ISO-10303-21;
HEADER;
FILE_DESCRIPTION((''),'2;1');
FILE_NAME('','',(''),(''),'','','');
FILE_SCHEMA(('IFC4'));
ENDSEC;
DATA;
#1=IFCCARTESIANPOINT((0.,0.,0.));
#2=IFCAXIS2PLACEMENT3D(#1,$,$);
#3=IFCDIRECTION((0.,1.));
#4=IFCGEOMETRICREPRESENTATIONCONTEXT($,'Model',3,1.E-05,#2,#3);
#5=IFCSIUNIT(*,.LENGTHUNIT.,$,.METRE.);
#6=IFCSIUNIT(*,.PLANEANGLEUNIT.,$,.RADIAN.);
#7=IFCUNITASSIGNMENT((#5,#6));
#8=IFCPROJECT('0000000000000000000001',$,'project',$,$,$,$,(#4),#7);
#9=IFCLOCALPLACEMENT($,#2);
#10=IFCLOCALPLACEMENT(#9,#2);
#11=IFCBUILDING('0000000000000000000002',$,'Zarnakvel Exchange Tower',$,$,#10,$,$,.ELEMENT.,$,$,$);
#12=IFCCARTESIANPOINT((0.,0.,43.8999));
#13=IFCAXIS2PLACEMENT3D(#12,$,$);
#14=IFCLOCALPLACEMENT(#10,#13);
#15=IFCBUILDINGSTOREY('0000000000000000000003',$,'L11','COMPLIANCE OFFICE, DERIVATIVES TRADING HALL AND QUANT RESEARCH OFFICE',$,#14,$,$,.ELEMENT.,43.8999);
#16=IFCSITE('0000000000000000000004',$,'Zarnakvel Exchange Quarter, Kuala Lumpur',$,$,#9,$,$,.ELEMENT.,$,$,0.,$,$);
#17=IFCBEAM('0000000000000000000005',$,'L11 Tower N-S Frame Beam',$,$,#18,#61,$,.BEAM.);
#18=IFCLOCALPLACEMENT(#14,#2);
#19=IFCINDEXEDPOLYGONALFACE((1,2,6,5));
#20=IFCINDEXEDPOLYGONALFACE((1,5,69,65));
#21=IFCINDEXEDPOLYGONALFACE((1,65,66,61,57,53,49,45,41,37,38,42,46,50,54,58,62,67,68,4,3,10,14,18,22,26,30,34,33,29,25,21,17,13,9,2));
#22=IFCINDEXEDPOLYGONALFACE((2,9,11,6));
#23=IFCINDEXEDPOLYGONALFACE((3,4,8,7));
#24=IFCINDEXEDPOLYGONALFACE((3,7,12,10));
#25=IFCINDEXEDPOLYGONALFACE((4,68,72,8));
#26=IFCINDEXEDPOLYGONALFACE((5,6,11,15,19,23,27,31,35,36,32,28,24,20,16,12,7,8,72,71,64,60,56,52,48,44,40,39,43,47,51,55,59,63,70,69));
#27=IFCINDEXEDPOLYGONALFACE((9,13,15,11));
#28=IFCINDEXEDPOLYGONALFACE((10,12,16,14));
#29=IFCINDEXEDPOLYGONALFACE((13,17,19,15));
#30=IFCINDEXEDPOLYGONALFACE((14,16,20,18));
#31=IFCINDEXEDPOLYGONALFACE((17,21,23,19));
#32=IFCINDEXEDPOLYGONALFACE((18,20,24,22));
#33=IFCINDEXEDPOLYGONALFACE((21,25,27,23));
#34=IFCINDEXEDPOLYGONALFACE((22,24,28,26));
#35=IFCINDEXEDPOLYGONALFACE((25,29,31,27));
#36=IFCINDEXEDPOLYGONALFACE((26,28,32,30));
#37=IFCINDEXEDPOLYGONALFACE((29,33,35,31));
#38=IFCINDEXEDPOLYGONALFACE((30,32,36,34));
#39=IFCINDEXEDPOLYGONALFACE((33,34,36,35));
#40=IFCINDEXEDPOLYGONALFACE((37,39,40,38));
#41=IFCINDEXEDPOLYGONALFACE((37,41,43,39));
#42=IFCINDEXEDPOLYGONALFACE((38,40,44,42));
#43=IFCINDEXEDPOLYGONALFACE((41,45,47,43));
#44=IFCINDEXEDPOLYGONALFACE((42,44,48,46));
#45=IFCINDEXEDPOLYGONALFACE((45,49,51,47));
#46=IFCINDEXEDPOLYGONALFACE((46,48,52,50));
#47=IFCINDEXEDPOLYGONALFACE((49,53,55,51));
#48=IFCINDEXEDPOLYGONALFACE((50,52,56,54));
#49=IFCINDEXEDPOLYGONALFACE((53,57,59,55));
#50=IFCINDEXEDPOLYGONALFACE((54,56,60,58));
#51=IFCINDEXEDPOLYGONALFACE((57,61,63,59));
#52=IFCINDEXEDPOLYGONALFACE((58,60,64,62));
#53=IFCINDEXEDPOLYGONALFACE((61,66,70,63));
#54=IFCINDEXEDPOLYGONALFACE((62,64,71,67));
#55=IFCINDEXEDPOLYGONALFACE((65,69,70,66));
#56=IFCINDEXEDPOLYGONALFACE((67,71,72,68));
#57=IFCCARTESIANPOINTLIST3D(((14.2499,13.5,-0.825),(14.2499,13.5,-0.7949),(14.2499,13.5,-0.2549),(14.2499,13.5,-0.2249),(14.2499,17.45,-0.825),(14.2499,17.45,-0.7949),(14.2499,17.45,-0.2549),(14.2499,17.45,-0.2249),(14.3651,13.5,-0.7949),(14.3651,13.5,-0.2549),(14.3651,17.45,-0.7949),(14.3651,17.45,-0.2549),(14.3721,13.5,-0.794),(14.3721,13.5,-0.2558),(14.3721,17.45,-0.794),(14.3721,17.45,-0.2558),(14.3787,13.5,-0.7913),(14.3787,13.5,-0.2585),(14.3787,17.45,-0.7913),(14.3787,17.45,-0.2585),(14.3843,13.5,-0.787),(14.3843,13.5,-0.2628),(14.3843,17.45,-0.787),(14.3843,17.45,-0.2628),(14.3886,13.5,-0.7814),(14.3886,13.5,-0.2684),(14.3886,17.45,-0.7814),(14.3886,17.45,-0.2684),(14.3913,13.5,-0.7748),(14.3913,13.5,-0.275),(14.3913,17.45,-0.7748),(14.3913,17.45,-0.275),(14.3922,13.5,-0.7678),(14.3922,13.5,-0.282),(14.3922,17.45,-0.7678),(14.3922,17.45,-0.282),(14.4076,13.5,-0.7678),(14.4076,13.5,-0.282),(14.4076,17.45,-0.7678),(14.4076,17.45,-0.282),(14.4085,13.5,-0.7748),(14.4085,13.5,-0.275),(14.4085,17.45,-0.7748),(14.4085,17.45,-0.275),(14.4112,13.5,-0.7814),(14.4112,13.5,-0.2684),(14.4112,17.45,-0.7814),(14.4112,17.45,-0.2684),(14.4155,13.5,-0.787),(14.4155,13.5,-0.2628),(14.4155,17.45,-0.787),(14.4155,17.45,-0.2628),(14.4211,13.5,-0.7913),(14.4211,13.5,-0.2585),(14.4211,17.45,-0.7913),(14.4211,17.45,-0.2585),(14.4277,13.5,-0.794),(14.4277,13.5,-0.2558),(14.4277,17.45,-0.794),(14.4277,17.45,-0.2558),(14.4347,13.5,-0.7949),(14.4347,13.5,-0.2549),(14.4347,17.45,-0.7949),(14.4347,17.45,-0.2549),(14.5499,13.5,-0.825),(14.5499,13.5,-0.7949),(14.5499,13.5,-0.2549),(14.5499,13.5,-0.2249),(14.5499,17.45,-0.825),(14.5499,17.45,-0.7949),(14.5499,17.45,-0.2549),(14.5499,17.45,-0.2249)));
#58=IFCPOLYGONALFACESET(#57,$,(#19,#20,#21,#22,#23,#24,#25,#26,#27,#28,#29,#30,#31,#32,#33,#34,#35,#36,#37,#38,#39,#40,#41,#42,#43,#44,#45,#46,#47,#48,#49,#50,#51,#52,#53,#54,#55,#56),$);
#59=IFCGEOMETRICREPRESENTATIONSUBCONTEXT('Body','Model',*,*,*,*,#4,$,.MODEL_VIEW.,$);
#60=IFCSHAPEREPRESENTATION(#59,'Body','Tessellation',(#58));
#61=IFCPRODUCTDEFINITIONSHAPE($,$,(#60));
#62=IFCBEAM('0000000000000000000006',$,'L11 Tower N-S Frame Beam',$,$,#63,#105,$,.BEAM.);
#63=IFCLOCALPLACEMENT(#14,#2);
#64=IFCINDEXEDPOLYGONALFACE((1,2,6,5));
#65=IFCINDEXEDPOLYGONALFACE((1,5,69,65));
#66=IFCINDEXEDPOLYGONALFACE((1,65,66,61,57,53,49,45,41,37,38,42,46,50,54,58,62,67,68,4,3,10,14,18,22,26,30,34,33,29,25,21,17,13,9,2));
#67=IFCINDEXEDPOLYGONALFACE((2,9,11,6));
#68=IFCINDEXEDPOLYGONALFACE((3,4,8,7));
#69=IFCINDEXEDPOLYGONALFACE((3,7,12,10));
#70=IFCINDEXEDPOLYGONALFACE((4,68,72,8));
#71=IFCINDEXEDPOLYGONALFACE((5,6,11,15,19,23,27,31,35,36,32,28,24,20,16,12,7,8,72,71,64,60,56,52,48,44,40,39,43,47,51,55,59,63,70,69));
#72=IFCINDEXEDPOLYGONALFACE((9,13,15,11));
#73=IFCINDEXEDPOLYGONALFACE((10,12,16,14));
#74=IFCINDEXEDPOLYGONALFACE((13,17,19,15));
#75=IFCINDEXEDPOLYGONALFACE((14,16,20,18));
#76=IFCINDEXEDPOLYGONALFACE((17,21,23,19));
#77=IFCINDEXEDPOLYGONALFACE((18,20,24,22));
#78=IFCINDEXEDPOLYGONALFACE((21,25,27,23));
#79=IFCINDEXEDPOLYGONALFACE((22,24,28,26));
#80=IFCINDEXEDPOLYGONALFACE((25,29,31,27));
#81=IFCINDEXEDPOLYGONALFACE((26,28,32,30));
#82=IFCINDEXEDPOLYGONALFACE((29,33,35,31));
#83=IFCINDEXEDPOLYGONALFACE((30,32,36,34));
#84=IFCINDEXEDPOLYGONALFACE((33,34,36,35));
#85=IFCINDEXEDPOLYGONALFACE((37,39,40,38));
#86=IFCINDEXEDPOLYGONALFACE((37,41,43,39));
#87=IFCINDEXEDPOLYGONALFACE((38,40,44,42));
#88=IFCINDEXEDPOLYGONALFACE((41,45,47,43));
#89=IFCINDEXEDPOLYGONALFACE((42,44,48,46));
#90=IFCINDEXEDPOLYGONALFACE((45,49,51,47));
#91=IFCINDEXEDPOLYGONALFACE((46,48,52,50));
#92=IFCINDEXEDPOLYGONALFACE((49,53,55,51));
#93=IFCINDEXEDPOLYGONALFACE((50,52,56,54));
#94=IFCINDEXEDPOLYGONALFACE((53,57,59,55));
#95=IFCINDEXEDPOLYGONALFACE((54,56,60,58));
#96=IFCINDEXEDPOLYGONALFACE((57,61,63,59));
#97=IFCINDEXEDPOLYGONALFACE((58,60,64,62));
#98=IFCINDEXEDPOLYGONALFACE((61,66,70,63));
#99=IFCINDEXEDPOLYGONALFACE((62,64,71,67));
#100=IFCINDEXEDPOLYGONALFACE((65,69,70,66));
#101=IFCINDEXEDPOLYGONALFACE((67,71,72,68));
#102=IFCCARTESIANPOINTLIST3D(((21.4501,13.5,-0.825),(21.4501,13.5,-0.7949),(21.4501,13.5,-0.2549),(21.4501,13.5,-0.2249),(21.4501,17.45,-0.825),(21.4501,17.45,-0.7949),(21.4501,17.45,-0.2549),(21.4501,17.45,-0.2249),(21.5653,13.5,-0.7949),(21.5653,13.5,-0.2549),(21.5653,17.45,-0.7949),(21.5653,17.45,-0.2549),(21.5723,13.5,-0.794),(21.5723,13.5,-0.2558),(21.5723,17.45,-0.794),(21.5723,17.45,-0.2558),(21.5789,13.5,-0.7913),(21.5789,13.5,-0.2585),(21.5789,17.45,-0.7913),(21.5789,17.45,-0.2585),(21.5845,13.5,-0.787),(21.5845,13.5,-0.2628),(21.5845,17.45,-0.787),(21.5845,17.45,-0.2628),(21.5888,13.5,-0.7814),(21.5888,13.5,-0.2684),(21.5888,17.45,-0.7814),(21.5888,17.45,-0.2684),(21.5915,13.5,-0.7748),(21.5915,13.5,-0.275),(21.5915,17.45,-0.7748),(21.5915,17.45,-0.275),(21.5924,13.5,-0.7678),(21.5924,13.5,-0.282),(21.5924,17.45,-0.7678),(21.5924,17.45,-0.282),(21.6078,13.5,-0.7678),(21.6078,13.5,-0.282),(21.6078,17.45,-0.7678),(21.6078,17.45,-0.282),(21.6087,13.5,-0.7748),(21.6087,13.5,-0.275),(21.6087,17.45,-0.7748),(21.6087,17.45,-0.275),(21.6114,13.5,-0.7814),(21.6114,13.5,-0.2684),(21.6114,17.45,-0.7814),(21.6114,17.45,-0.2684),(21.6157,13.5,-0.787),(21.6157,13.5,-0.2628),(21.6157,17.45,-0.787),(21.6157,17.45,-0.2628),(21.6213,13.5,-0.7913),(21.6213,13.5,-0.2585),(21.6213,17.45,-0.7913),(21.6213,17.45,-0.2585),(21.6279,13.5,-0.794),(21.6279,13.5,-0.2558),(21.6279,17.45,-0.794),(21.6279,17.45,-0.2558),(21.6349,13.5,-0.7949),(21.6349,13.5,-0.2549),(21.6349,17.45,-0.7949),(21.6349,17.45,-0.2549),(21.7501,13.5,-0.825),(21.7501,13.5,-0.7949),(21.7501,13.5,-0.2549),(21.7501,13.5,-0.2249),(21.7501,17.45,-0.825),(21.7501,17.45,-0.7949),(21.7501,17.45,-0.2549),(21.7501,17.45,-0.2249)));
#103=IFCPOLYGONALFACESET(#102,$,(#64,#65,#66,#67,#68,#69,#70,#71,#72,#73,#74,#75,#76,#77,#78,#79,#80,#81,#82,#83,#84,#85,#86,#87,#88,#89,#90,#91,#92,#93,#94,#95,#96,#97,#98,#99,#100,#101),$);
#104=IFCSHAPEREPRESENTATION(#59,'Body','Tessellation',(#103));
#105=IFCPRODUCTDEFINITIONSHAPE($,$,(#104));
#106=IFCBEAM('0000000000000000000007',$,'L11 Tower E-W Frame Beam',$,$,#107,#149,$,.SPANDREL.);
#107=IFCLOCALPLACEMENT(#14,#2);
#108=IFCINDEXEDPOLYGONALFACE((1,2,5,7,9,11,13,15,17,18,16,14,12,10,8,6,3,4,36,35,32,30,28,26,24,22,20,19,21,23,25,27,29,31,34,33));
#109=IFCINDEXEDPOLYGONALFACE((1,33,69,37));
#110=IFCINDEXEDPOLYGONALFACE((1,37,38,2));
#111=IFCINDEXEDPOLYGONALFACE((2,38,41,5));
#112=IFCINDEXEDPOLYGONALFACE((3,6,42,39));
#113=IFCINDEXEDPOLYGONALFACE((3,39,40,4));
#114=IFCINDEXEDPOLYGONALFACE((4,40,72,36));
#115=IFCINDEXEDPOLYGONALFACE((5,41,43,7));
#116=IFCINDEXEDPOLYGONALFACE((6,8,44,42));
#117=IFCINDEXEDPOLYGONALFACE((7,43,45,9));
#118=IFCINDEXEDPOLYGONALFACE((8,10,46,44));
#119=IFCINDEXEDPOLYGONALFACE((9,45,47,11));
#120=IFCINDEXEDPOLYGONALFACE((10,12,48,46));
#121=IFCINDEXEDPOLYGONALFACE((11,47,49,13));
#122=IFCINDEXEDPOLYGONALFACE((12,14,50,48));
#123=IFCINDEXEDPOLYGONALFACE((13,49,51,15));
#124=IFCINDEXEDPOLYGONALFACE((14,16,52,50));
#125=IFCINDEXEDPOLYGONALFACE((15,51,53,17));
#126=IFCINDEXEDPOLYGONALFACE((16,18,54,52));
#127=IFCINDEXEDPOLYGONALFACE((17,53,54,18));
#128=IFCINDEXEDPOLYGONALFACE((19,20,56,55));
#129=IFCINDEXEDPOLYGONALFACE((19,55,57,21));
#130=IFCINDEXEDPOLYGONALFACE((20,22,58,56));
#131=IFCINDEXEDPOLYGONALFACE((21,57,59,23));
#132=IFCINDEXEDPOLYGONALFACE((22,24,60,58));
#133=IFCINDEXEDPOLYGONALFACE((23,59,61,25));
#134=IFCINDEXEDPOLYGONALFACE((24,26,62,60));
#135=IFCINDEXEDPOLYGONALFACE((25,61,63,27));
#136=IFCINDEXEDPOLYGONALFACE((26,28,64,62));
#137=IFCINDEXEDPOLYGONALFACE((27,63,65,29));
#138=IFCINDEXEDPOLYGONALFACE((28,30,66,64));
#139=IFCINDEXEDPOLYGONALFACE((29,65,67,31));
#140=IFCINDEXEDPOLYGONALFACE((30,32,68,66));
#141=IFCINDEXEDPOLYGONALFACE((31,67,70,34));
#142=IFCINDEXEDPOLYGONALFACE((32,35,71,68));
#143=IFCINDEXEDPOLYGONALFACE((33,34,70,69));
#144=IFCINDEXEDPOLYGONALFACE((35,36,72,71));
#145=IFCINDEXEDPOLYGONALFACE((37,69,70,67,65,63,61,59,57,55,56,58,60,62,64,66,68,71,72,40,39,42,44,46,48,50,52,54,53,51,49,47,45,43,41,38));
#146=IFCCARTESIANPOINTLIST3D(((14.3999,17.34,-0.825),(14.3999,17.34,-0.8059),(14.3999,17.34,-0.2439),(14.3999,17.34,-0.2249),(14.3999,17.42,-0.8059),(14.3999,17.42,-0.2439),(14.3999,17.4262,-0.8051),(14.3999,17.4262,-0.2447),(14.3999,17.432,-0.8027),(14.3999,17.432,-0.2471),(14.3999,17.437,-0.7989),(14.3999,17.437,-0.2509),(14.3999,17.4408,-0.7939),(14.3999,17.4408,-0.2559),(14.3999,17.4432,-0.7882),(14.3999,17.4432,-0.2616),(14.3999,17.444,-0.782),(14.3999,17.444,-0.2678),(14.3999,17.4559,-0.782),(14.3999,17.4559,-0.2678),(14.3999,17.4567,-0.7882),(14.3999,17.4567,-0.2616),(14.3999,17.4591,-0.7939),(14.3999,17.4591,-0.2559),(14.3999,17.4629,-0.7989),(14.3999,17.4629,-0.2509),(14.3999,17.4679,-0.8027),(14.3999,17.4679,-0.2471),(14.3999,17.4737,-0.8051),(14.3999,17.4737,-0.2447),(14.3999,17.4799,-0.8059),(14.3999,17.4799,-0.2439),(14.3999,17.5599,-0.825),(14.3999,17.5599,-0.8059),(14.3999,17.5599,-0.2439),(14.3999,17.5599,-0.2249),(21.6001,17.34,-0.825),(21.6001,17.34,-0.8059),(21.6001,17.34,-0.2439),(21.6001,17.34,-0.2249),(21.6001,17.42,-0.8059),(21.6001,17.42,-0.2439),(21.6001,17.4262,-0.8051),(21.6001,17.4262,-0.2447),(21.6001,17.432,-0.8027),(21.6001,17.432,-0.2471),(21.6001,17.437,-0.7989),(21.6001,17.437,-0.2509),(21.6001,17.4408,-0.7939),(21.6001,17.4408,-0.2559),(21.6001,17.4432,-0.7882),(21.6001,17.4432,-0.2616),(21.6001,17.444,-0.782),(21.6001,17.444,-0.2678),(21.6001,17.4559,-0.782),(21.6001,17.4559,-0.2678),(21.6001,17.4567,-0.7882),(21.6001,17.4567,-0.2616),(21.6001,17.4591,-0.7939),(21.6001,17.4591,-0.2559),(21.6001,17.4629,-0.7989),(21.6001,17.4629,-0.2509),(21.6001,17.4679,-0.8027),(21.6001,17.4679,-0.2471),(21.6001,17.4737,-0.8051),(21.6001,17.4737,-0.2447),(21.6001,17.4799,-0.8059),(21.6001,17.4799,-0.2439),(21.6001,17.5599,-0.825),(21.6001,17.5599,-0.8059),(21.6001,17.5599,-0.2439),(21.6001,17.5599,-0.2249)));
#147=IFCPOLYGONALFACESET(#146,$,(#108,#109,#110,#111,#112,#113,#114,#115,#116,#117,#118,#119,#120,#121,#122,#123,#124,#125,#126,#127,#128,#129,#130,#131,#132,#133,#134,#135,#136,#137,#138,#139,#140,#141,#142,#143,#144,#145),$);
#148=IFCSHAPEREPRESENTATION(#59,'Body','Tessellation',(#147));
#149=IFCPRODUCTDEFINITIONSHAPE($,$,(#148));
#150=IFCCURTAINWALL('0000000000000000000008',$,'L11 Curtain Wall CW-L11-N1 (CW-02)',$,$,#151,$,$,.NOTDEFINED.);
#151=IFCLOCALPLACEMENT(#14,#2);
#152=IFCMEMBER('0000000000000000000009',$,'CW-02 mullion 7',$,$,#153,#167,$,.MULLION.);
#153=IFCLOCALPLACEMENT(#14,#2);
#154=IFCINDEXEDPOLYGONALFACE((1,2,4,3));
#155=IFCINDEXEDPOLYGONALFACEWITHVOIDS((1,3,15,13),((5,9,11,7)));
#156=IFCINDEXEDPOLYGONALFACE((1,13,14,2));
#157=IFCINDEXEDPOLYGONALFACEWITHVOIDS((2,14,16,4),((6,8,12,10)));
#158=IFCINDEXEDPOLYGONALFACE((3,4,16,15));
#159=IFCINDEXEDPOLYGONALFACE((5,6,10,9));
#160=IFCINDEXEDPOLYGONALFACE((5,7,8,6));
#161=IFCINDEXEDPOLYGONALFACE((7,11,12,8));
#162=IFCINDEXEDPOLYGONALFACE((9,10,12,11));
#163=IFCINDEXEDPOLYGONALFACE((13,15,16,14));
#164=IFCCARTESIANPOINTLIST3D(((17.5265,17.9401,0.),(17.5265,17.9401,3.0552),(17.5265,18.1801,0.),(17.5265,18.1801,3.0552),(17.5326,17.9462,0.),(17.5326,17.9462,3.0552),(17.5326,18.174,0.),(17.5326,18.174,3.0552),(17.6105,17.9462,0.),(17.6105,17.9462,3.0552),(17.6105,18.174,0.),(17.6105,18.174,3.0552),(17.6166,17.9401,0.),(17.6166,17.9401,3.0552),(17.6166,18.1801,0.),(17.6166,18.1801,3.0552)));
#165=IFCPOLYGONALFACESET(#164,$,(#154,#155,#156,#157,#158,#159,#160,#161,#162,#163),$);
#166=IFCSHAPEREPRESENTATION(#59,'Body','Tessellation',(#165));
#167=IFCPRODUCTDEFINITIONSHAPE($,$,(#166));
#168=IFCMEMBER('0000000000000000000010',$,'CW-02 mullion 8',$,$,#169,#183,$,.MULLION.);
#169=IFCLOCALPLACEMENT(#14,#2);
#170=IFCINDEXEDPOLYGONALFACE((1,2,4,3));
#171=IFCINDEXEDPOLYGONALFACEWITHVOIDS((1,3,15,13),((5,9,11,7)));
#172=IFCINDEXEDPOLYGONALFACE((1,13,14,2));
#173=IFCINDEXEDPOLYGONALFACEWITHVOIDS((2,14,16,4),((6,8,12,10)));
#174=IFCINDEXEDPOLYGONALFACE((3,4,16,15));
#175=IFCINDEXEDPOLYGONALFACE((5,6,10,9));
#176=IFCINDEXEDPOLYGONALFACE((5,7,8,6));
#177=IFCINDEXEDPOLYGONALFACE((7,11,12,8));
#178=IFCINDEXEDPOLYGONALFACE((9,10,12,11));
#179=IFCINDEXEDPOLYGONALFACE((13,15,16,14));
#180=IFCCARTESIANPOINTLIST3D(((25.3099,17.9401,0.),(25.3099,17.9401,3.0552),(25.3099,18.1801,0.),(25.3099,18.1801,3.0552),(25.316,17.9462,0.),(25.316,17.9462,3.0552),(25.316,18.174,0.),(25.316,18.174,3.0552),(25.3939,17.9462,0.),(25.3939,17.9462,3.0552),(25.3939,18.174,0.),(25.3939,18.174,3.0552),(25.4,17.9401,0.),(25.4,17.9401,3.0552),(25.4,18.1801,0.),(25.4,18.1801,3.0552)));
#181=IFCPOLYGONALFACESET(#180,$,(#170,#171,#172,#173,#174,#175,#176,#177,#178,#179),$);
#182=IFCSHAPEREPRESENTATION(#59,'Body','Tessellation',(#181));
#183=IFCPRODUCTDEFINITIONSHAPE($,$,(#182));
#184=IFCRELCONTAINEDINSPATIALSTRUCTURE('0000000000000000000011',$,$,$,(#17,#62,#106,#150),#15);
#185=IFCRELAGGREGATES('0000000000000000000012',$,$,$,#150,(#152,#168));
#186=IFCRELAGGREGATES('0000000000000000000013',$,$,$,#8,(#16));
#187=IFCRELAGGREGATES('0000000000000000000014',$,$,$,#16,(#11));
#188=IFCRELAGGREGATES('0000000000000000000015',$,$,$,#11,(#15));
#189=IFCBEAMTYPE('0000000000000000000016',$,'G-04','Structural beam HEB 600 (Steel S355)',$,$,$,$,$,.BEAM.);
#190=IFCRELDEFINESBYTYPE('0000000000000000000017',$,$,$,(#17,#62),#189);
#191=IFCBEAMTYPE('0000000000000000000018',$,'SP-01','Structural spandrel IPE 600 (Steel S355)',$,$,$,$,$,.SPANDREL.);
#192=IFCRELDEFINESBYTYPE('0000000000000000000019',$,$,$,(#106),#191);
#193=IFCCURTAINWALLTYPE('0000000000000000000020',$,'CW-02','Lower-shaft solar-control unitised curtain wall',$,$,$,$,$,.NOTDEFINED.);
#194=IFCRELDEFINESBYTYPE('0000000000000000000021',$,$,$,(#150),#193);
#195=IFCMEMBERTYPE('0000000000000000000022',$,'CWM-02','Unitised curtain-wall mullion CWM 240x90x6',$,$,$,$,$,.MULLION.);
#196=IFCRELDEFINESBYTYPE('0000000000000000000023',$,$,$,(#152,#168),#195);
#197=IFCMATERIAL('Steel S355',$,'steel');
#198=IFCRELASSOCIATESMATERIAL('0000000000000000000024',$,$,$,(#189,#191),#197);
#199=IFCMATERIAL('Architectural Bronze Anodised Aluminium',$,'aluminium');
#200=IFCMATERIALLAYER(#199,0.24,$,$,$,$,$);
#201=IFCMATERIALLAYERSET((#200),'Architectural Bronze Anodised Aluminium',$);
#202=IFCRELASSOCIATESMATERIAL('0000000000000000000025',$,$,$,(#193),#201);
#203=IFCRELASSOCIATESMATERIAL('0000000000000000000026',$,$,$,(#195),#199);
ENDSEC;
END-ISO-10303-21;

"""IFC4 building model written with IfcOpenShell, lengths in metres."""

from ifc_helpers import new_model, si_unit, direction, frame, origin, origin_2d, place, context, subcontext, project, spatial, hollow_rectangle, i_section, extrude, source, transform, mapped, material, layer, layer_set, material_profile, profile_set, type_object, element, aggregate, save


model = new_model("IFC4")

# Units and contexts
model_context = context("Model", 3, precision=1e-05, world=origin(), true_north=direction((0.0, 1.0)))
body_context = subcontext(model_context, "Body", "Model", "MODEL_VIEW")
ifc_project = project(units=[si_unit("LENGTHUNIT", "METRE"), si_unit("PLANEANGLEUNIT", "RADIAN")], contexts=[model_context])

# Site, building, storey
site_placement = place(None, origin())
site = spatial("IfcSite", under=ifc_project, at=site_placement, Name="Zarnakvel Exchange Quarter, Kuala Lumpur", CompositionType="ELEMENT", RefElevation=0.0)
building_placement = place(site_placement, origin())
building = spatial("IfcBuilding", under=site, at=building_placement, Name="Zarnakvel Exchange Tower", CompositionType="ELEMENT")
storey_placement = place(building_placement, frame((0.0, 0.0, 43.8999)))
storey = spatial("IfcBuildingStorey", under=building, at=storey_placement, Name="L11", Description="COMPLIANCE OFFICE, DERIVATIVES TRADING HALL AND QUANT RESEARCH OFFICE", CompositionType="ELEMENT", Elevation=43.8999)

# Shared definitions
ifc_material_1 = material(Name="Steel S355", Category="steel")

# Beams
ifc_material_profile_1 = material_profile(ifc_material_1, i_section(OverallWidth=0.3, OverallDepth=0.6001, WebThickness=0.0154, FlangeThickness=0.03, FilletRadius=0.0271, at=origin_2d()))
ifc_profile_set_1 = profile_set([ifc_material_profile_1], Name="Steel S355")
beam_type_1 = type_object("IfcBeamType", Name="G-04", Description="Structural beam HEB 600 (Steel S355)", PredefinedType="BEAM", material=ifc_profile_set_1)
for number, where, z_axis, x_axis, name in (
    (1, (14.3999, 13.5, -0.5249), (0.0, 1.0, 0.0), (-1.0, 0.0, 0.0), "L11 Tower N-S Frame Beam"),
    (2, (21.6001, 13.5, -0.5249), (0.0, 1.0, 0.0), (-1.0, 0.0, 0.0), "L11 Tower N-S Frame Beam"),
):
    element("IfcBeam", number, at=place(storey_placement, frame(where, z_axis=z_axis, x_axis=x_axis)), inside=storey, type_object=beam_type_1, Name=name, PredefinedType="BEAM", context=body_context, shape_type="SweptSolid", body=[
        extrude(i_section(OverallWidth=0.3, OverallDepth=0.6001, WebThickness=0.0154, FlangeThickness=0.03, FilletRadius=0.0271, at=origin_2d()), origin(), (0.0, 0.0, 1.0), 3.95),
    ])
ifc_material_profile_2 = material_profile(ifc_material_1, i_section(OverallWidth=0.22, OverallDepth=0.6001, WebThickness=0.012, FlangeThickness=0.019, FilletRadius=0.0239, at=origin_2d()))
ifc_profile_set_2 = profile_set([ifc_material_profile_2], Name="Steel S355")
beam_type_2 = type_object("IfcBeamType", Name="SP-01", Description="Structural spandrel IPE 600 (Steel S355)", PredefinedType="SPANDREL", material=ifc_profile_set_2)
beam_1_placement = place(storey_placement, frame((14.3999, 17.45, -0.5249), z_axis=(1.0, 0.0, 0.0), x_axis=(0.0, 1.0, 0.0)))
element("IfcBeam", 3, at=beam_1_placement, inside=storey, type_object=beam_type_2, Name="L11 Tower E-W Frame Beam", PredefinedType="SPANDREL", context=body_context, shape_type="SweptSolid", body=[
    extrude(i_section(OverallWidth=0.22, OverallDepth=0.6001, WebThickness=0.012, FlangeThickness=0.019, FilletRadius=0.0239, at=origin_2d()), origin(), (0.0, 0.0, 1.0), 7.2002),
])

# Curtain wall, members
ifc_material_2 = material(Name="Architectural Bronze Anodised Aluminium", Category="aluminium")
ifc_layer_1 = layer(ifc_material_2, 0.24)
ifc_layer_set_1 = layer_set([ifc_layer_1], Name="Architectural Bronze Anodised Aluminium")
curtain_wall_type_1 = type_object("IfcCurtainWallType", Name="CW-02", Description="Lower-shaft solar-control unitised curtain wall", PredefinedType="NOTDEFINED", material=ifc_layer_set_1)
curtain_wall_1_placement = place(storey_placement, origin())
curtain_wall_1 = element("IfcCurtainWall", 4, at=curtain_wall_1_placement, inside=storey, type_object=curtain_wall_type_1, Name="L11 Curtain Wall CW-L11-N1 (CW-02)", PredefinedType="NOTDEFINED")
ifc_material_profile_3 = material_profile(ifc_material_2, hollow_rectangle(XDim=0.24, YDim=0.0901, WallThickness=0.0061, at=origin_2d()))
ifc_profile_set_3 = profile_set([ifc_material_profile_3], Name="Architectural Bronze Anodised Aluminium")
member_type_1 = type_object("IfcMemberType", Name="CWM-02", Description="Unitised curtain-wall mullion CWM 240x90x6", PredefinedType="MULLION", material=ifc_profile_set_3)
shared_shape_1 = source(origin(), body_context, "Body", "SweptSolid", [
    extrude(hollow_rectangle(XDim=0.24, YDim=0.0901, WallThickness=0.0061, at=origin_2d()), origin(), (0.0, 0.0, 1.0), 3.0552),
])
member_1_placement = place(storey_placement, frame((17.5715, 18.0601, 0.0), z_axis=(0.0, 0.0, 1.0), x_axis=(0.0, 1.0, 0.0)))
member_1 = element("IfcMember", 5, at=member_1_placement, type_object=member_type_1, Name="CW-02 mullion 7", PredefinedType="MULLION", context=body_context, shape_type="MappedRepresentation", body=[
    mapped(shared_shape_1, transform((0.0, 0.0, 0.0), x_axis=(1.0, 0.0, 0.0), y_axis=(0.0, 1.0, 0.0), z_axis=(0.0, 0.0, 1.0), scale=1.0)),
])
member_2_placement = place(storey_placement, frame((25.355, 18.0601, 0.0), z_axis=(0.0, 0.0, 1.0), x_axis=(0.0, 1.0, 0.0)))
member_2 = element("IfcMember", 6, at=member_2_placement, type_object=member_type_1, Name="CW-02 mullion 8", PredefinedType="MULLION", context=body_context, shape_type="MappedRepresentation", body=[
    mapped(shared_shape_1, transform((0.0, 0.0, 0.0), x_axis=(1.0, 0.0, 0.0), y_axis=(0.0, 1.0, 0.0), z_axis=(0.0, 0.0, 1.0), scale=1.0)),
])

aggregate(curtain_wall_1, [member_1, member_2])

save(model, "model.ifc")
